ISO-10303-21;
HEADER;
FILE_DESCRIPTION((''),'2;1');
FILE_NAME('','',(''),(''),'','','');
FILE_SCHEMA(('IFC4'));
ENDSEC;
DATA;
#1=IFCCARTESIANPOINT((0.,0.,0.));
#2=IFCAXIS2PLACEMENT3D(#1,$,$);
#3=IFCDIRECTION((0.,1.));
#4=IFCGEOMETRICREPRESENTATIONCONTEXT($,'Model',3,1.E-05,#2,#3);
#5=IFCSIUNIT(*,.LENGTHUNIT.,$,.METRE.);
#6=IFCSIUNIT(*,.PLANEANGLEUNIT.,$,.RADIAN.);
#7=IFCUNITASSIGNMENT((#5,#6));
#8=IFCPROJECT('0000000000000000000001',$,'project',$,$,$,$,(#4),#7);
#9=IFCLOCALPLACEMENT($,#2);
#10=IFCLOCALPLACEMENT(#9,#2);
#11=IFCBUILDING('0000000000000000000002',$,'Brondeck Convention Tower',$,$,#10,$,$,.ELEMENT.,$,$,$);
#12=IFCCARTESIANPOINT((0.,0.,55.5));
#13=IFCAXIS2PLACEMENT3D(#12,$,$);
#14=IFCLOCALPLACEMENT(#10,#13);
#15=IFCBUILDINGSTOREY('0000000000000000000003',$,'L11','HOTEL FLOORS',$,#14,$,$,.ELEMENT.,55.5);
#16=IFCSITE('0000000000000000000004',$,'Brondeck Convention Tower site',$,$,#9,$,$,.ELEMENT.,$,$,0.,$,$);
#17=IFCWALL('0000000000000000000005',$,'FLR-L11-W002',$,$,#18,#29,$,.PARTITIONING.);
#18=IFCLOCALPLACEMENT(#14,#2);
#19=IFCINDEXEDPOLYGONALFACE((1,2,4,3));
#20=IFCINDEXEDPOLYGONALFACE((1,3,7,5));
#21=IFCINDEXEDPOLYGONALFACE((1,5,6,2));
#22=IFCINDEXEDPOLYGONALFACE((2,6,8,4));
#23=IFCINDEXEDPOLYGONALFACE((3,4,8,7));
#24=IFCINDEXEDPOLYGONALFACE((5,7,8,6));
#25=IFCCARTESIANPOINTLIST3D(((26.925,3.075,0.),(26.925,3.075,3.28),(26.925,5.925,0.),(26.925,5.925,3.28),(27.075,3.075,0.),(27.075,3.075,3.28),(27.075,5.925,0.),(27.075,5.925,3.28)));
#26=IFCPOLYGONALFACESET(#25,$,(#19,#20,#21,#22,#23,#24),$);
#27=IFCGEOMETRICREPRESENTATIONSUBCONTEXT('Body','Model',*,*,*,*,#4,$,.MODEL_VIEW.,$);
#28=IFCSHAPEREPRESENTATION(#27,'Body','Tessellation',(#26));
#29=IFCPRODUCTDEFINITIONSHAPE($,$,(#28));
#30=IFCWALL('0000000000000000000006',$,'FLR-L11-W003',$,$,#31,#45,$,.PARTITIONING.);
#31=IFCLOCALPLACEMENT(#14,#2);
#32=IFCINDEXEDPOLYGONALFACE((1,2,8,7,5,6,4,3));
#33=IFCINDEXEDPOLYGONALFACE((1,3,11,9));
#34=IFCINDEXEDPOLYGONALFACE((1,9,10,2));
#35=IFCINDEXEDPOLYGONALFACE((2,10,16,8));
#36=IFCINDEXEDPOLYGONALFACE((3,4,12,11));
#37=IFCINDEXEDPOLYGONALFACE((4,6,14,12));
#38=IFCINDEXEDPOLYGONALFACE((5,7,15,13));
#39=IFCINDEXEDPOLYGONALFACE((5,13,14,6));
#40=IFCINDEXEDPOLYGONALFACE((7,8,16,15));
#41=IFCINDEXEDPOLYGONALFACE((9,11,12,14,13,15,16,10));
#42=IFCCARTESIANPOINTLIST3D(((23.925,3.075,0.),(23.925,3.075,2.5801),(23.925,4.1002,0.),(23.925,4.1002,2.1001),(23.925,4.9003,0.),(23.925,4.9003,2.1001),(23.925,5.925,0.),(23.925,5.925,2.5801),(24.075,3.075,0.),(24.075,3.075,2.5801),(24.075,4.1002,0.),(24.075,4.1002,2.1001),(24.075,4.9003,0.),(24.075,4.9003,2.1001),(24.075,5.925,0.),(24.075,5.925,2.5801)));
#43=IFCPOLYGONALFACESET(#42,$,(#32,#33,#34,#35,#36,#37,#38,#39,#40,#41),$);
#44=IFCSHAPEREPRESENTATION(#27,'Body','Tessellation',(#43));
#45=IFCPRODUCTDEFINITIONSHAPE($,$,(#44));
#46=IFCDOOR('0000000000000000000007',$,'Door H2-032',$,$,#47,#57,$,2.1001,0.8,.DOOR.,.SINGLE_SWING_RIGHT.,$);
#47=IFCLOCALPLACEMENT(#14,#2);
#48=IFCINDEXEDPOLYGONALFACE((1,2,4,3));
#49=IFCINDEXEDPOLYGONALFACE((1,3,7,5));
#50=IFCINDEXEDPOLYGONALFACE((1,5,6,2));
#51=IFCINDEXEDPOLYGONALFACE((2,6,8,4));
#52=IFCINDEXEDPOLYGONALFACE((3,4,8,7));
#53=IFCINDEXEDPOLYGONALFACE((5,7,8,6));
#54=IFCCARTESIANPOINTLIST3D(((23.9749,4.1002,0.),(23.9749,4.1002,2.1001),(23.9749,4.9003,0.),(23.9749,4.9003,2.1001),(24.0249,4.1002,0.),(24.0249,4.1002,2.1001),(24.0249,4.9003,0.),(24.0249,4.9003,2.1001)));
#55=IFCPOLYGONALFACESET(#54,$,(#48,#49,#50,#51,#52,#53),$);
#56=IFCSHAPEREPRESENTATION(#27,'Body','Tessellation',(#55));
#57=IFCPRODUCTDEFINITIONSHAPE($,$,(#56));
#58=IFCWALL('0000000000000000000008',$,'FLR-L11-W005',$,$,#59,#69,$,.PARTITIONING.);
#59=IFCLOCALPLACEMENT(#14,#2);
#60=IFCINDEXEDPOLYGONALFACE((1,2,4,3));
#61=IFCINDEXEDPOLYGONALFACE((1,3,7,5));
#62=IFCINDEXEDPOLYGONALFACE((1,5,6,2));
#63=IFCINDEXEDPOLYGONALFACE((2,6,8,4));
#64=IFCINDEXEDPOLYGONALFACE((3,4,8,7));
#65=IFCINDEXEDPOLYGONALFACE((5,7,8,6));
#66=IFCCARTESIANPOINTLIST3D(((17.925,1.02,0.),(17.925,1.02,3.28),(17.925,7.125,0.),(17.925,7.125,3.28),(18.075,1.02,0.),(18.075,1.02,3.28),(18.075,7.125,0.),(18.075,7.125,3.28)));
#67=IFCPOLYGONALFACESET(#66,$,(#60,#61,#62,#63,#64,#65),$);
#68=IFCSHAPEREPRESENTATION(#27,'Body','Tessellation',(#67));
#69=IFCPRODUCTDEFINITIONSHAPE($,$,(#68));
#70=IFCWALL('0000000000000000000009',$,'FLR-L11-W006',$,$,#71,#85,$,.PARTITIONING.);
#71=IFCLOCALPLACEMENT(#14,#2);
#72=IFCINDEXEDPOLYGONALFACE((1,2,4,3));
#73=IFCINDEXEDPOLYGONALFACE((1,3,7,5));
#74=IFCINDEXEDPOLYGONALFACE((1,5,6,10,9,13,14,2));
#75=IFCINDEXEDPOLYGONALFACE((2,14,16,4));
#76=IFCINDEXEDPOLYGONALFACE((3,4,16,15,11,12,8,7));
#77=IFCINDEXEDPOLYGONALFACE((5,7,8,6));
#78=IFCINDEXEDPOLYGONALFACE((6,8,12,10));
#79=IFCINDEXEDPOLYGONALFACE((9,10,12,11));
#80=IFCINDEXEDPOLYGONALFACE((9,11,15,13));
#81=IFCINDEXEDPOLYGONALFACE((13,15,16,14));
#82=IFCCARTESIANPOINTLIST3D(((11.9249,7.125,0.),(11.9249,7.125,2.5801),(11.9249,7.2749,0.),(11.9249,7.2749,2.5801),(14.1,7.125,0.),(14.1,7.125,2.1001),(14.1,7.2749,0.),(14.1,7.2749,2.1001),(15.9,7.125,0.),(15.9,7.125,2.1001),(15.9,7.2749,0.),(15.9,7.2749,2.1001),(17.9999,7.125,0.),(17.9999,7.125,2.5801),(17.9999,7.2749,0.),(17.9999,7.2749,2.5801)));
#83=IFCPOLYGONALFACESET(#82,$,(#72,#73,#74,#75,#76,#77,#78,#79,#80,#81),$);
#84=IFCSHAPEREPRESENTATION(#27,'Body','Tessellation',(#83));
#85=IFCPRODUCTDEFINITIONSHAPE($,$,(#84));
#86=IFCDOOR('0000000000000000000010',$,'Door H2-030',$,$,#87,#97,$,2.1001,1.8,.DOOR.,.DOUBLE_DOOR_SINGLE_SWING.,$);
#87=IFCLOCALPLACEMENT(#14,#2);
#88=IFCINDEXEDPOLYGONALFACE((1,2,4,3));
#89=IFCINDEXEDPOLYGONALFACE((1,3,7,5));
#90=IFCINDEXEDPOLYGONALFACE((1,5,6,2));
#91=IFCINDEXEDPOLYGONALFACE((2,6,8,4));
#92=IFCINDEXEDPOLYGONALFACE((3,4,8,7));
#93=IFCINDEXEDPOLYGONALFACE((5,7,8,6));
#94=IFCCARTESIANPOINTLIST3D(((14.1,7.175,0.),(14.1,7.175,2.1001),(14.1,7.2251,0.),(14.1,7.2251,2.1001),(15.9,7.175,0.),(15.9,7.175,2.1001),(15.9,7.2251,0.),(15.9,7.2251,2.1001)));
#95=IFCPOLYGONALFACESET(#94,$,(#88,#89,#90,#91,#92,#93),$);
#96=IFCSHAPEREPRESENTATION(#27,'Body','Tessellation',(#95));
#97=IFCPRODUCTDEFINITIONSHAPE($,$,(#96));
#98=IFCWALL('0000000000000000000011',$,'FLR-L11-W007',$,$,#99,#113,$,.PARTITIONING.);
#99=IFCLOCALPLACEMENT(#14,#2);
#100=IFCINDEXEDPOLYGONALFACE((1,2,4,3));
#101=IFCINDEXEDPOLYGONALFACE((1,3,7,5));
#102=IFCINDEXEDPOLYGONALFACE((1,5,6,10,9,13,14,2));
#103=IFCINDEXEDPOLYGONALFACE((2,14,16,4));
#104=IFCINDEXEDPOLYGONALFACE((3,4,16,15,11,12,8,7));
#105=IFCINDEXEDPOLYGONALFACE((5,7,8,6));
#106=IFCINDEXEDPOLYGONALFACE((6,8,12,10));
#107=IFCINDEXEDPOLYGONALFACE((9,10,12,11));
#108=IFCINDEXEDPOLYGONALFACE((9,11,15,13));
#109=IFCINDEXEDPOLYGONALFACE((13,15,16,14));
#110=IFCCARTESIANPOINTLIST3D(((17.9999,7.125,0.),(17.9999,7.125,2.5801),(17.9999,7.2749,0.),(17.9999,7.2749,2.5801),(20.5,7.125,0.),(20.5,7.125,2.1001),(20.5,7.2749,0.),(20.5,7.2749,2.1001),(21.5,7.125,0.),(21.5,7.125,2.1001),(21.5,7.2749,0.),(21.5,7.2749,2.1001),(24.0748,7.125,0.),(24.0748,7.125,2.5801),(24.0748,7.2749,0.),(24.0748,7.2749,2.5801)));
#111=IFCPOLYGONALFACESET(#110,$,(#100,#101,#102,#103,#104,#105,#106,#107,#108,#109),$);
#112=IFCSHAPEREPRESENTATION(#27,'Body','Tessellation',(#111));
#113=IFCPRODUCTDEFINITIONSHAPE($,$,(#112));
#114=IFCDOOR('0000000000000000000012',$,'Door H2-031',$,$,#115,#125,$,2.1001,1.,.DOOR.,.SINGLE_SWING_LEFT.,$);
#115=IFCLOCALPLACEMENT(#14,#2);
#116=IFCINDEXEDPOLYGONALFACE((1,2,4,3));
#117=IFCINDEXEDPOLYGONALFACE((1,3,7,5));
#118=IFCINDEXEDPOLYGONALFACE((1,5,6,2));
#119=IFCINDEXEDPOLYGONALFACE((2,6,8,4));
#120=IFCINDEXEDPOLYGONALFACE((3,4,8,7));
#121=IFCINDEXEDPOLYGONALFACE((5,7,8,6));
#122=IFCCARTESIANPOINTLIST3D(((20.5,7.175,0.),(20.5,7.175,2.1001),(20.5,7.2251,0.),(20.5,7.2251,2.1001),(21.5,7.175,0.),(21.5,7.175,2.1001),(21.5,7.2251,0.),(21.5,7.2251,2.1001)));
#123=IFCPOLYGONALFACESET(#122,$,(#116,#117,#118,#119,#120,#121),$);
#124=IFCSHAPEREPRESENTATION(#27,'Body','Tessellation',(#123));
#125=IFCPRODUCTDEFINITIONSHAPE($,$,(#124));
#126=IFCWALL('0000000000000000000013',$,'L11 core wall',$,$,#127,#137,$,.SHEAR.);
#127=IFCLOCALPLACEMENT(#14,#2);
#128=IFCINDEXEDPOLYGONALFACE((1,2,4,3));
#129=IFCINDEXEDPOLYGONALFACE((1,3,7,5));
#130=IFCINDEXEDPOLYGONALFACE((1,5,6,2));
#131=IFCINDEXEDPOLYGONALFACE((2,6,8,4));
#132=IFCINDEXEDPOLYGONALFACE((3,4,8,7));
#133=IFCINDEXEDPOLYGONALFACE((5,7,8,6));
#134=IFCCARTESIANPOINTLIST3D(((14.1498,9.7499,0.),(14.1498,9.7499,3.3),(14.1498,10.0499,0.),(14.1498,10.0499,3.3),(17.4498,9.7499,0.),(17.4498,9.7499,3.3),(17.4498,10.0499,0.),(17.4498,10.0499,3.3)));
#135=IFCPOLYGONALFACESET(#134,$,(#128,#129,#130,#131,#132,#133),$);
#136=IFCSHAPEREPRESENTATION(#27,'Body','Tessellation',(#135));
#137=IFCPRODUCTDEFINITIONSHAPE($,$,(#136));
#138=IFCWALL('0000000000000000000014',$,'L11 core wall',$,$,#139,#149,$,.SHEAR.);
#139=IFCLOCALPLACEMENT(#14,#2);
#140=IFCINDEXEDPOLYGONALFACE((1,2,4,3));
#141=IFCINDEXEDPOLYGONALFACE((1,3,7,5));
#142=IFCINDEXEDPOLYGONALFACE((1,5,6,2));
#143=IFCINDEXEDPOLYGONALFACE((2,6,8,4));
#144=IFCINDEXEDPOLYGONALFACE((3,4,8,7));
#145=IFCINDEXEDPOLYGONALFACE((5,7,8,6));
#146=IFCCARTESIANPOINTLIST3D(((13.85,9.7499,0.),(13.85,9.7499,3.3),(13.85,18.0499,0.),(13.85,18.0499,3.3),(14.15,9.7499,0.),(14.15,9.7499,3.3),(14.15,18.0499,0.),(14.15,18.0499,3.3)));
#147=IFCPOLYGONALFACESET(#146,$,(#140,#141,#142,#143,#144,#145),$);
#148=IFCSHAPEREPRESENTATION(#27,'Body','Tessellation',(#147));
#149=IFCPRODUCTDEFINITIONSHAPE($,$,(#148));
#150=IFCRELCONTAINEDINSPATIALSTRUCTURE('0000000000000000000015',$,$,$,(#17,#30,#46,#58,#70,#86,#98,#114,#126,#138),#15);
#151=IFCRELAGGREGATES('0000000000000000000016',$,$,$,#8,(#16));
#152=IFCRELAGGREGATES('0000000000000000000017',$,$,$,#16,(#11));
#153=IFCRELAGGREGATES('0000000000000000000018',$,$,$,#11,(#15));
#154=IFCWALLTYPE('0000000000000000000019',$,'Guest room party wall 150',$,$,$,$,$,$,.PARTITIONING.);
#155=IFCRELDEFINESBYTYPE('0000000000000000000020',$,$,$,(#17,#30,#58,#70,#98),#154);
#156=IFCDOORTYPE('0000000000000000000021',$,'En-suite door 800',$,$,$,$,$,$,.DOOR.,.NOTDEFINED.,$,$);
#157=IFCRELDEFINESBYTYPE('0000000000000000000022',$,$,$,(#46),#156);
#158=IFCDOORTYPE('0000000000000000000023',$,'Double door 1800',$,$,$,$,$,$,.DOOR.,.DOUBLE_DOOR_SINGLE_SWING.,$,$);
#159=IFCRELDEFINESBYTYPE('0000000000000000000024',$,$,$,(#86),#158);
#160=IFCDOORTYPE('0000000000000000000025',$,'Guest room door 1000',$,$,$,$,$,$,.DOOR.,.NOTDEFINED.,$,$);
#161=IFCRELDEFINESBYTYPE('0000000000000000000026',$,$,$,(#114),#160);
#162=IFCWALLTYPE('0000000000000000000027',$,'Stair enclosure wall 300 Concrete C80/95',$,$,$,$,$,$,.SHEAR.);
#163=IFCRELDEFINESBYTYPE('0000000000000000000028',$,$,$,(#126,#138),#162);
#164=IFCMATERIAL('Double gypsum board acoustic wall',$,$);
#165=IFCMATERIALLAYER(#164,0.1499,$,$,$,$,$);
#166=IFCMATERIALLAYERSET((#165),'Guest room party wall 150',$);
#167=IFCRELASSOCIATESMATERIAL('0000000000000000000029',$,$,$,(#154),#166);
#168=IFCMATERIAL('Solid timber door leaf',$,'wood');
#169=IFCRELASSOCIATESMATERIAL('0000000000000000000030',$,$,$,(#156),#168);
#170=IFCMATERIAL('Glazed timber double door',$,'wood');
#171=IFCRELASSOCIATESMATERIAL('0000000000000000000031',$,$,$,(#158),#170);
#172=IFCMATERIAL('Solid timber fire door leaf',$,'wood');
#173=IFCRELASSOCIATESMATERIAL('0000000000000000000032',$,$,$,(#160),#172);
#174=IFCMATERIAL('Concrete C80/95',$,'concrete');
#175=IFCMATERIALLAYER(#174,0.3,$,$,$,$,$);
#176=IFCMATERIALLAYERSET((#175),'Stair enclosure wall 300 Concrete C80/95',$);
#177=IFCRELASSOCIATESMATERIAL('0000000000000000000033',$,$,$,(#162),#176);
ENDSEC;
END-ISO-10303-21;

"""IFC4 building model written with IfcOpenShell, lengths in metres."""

from ifc_helpers import new_model, si_unit, direction, frame, frame_2d, origin, place, context, subcontext, project, spatial, rectangle, extrude, material, layer, layer_set, type_object, element, fill, save


model = new_model("IFC4")

# Units and contexts
model_context = context("Model", 3, precision=1e-05, world=origin(), true_north=direction((0.0, 1.0)))
body_context = subcontext(model_context, "Body", "Model", "MODEL_VIEW")
ifc_project = project(units=[si_unit("LENGTHUNIT", "METRE"), si_unit("PLANEANGLEUNIT", "RADIAN")], contexts=[model_context])

# Site, building, storey
site_placement = place(None, origin())
site = spatial("IfcSite", under=ifc_project, at=site_placement, Name="Brondeck Convention Tower site", CompositionType="ELEMENT", RefElevation=0.0)
building_placement = place(site_placement, origin())
building = spatial("IfcBuilding", under=site, at=building_placement, Name="Brondeck Convention Tower", CompositionType="ELEMENT")
storey_placement = place(building_placement, frame((0.0, 0.0, 55.5)))
storey = spatial("IfcBuildingStorey", under=building, at=storey_placement, Name="L11", Description="HOTEL FLOORS", CompositionType="ELEMENT", Elevation=55.5)

# Shared definitions
ifc_material_1 = material(Name="Concrete C80/95", Category="concrete")

# Wall
ifc_material_2 = material(Name="Double gypsum board acoustic wall")
ifc_layer_1 = layer(ifc_material_2, 0.1499)
ifc_layer_set_1 = layer_set([ifc_layer_1], Name="Guest room party wall 150")
wall_type_1 = type_object("IfcWallType", Name="Guest room party wall 150", PredefinedType="PARTITIONING", material=ifc_layer_set_1)
wall_1_placement = place(storey_placement, frame((27.0, 3.075, 0.0), z_axis=(0.0, 0.0, 1.0), x_axis=(0.0, 1.0, 0.0)))
element("IfcWall", 1, at=wall_1_placement, inside=storey, type_object=wall_type_1, Name="FLR-L11-W002", PredefinedType="PARTITIONING", context=body_context, shape_type="SweptSolid", body=[
    extrude(rectangle(XDim=2.8501, YDim=0.1499, at=frame_2d((1.425, 0.0))), origin(), (0.0, 0.0, 1.0), 3.28),
])

# Wall, opening, door
wall_2_placement = place(storey_placement, frame((24.0, 5.925, 0.0), z_axis=(0.0, 0.0, 1.0), x_axis=(0.0, -1.0, 0.0)))
wall_2 = element("IfcWall", 2, at=wall_2_placement, inside=storey, type_object=wall_type_1, Name="FLR-L11-W003", PredefinedType="PARTITIONING", context=body_context, shape_type="SweptSolid", body=[
    extrude(rectangle(XDim=2.8501, YDim=0.1499, at=frame_2d((1.425, 0.0))), origin(), (0.0, 0.0, 1.0), 2.5801),
])
opening_1_placement = place(wall_2_placement, frame((1.0249, 0.0, 0.0)))
opening_1 = element("IfcOpeningElement", 3, at=opening_1_placement, cuts=wall_2, PredefinedType="OPENING", context=body_context, shape_type="SweptSolid", body=[
    extrude(rectangle(XDim=0.8, YDim=2.1001, at=frame_2d((0.3999, 1.05))), frame((0.0, 0.085, 0.0), z_axis=(0.0, -1.0, 0.0), x_axis=(1.0, 0.0, 0.0)), (0.0, 0.0, 1.0), 0.1699),
])
ifc_material_3 = material(Name="Solid timber door leaf", Category="wood")
door_type_1 = type_object("IfcDoorType", Name="En-suite door 800", OperationType="NOTDEFINED", PredefinedType="DOOR", material=ifc_material_3)
door_1_placement = place(opening_1_placement, origin())
door_1 = element("IfcDoor", 4, at=door_1_placement, inside=storey, type_object=door_type_1, Name="Door H2-032", OperationType="SINGLE_SWING_RIGHT", OverallHeight=2.1001, OverallWidth=0.8, PredefinedType="DOOR", context=body_context, shape_type="SweptSolid", body=[
    extrude(rectangle(XDim=0.8, YDim=2.1001, at=frame_2d((0.3999, 1.05))), frame((0.0, 0.0249, 0.0), z_axis=(0.0, -1.0, 0.0), x_axis=(1.0, 0.0, 0.0)), (0.0, 0.0, 1.0), 0.05),
])
fill(opening_1, door_1)

# Wall
wall_3_placement = place(storey_placement, frame((18.0, 7.125, 0.0), z_axis=(0.0, 0.0, 1.0), x_axis=(0.0, -1.0, 0.0)))
element("IfcWall", 5, at=wall_3_placement, inside=storey, type_object=wall_type_1, Name="FLR-L11-W005", PredefinedType="PARTITIONING", context=body_context, shape_type="SweptSolid", body=[
    extrude(rectangle(XDim=6.105, YDim=0.1499, at=frame_2d((3.0525, 0.0))), origin(), (0.0, 0.0, 1.0), 3.28),
])

# Walls, openings, doors
wall_4_placement = place(storey_placement, frame((18.0, 7.2, 0.0), z_axis=(0.0, 0.0, 1.0), x_axis=(-1.0, 0.0, 0.0)))
wall_4 = element("IfcWall", 6, at=wall_4_placement, inside=storey, type_object=wall_type_1, Name="FLR-L11-W006", PredefinedType="PARTITIONING", context=body_context, shape_type="SweptSolid", body=[
    extrude(rectangle(XDim=6.075, YDim=0.1499, at=frame_2d((3.0376, 0.0))), origin(), (0.0, 0.0, 1.0), 2.5801),
])
opening_2_placement = place(wall_4_placement, frame((2.1001, 0.0, 0.0)))
opening_2 = element("IfcOpeningElement", 7, at=opening_2_placement, cuts=wall_4, PredefinedType="OPENING", context=body_context, shape_type="SweptSolid", body=[
    extrude(rectangle(XDim=1.8, YDim=2.1001, at=frame_2d((0.8999, 1.05))), frame((0.0, 0.085, 0.0), z_axis=(0.0, -1.0, 0.0), x_axis=(1.0, 0.0, 0.0)), (0.0, 0.0, 1.0), 0.1699),
])
ifc_material_4 = material(Name="Glazed timber double door", Category="wood")
door_type_2 = type_object("IfcDoorType", Name="Double door 1800", OperationType="DOUBLE_DOOR_SINGLE_SWING", PredefinedType="DOOR", material=ifc_material_4)
door_2_placement = place(opening_2_placement, origin())
door_2 = element("IfcDoor", 8, at=door_2_placement, inside=storey, type_object=door_type_2, Name="Door H2-030", OperationType="DOUBLE_DOOR_SINGLE_SWING", OverallHeight=2.1001, OverallWidth=1.8, PredefinedType="DOOR", context=body_context, shape_type="SweptSolid", body=[
    extrude(rectangle(XDim=1.8, YDim=2.1001, at=frame_2d((0.8999, 1.05))), frame((0.0, 0.0249, 0.0), z_axis=(0.0, -1.0, 0.0), x_axis=(1.0, 0.0, 0.0)), (0.0, 0.0, 1.0), 0.05),
])
fill(opening_2, door_2)
wall_5_placement = place(storey_placement, frame((24.075, 7.2, 0.0), z_axis=(0.0, 0.0, 1.0), x_axis=(-1.0, 0.0, 0.0)))
wall_5 = element("IfcWall", 9, at=wall_5_placement, inside=storey, type_object=wall_type_1, Name="FLR-L11-W007", PredefinedType="PARTITIONING", context=body_context, shape_type="SweptSolid", body=[
    extrude(rectangle(XDim=6.075, YDim=0.1499, at=frame_2d((3.0376, 0.0))), origin(), (0.0, 0.0, 1.0), 2.5801),
])
opening_3_placement = place(wall_5_placement, frame((2.575, 0.0, 0.0)))
opening_3 = element("IfcOpeningElement", 10, at=opening_3_placement, cuts=wall_5, PredefinedType="OPENING", context=body_context, shape_type="SweptSolid", body=[
    extrude(rectangle(XDim=1.0, YDim=2.1001, at=frame_2d((0.5, 1.05))), frame((0.0, 0.085, 0.0), z_axis=(0.0, -1.0, 0.0), x_axis=(1.0, 0.0, 0.0)), (0.0, 0.0, 1.0), 0.1699),
])
ifc_material_5 = material(Name="Solid timber fire door leaf", Category="wood")
door_type_3 = type_object("IfcDoorType", Name="Guest room door 1000", OperationType="NOTDEFINED", PredefinedType="DOOR", material=ifc_material_5)
door_3_placement = place(opening_3_placement, origin())
door_3 = element("IfcDoor", 11, at=door_3_placement, inside=storey, type_object=door_type_3, Name="Door H2-031", OperationType="SINGLE_SWING_LEFT", OverallHeight=2.1001, OverallWidth=1.0, PredefinedType="DOOR", context=body_context, shape_type="SweptSolid", body=[
    extrude(rectangle(XDim=1.0, YDim=2.1001, at=frame_2d((0.5, 1.05))), frame((0.0, 0.0249, 0.0), z_axis=(0.0, -1.0, 0.0), x_axis=(1.0, 0.0, 0.0)), (0.0, 0.0, 1.0), 0.05),
])
fill(opening_3, door_3)

# Walls
ifc_layer_2 = layer(ifc_material_1, 0.3)
ifc_layer_set_2 = layer_set([ifc_layer_2], Name="Stair enclosure wall 300 Concrete C80/95")
wall_type_2 = type_object("IfcWallType", Name="Stair enclosure wall 300 Concrete C80/95", PredefinedType="SHEAR", material=ifc_layer_set_2)
wall_6_placement = place(storey_placement, frame((14.1499, 9.8999, 0.0), z_axis=(0.0, 0.0, 1.0), x_axis=(1.0, 0.0, 0.0)))
element("IfcWall", 12, at=wall_6_placement, inside=storey, type_object=wall_type_2, Name="L11 core wall", PredefinedType="SHEAR", context=body_context, shape_type="SweptSolid", body=[
    extrude(rectangle(XDim=3.3, YDim=0.3, at=frame_2d((1.6499, 0.0))), origin(), (0.0, 0.0, 1.0), 3.3),
])
wall_7_placement = place(storey_placement, frame((14.0, 9.75, 0.0), z_axis=(0.0, 0.0, 1.0), x_axis=(0.0, 1.0, 0.0)))
element("IfcWall", 13, at=wall_7_placement, inside=storey, type_object=wall_type_2, Name="L11 core wall", PredefinedType="SHEAR", context=body_context, shape_type="SweptSolid", body=[
    extrude(rectangle(XDim=8.3, YDim=0.3, at=frame_2d((4.1499, 0.0))), origin(), (0.0, 0.0, 1.0), 3.3),
])

save(model, "model.ifc")
